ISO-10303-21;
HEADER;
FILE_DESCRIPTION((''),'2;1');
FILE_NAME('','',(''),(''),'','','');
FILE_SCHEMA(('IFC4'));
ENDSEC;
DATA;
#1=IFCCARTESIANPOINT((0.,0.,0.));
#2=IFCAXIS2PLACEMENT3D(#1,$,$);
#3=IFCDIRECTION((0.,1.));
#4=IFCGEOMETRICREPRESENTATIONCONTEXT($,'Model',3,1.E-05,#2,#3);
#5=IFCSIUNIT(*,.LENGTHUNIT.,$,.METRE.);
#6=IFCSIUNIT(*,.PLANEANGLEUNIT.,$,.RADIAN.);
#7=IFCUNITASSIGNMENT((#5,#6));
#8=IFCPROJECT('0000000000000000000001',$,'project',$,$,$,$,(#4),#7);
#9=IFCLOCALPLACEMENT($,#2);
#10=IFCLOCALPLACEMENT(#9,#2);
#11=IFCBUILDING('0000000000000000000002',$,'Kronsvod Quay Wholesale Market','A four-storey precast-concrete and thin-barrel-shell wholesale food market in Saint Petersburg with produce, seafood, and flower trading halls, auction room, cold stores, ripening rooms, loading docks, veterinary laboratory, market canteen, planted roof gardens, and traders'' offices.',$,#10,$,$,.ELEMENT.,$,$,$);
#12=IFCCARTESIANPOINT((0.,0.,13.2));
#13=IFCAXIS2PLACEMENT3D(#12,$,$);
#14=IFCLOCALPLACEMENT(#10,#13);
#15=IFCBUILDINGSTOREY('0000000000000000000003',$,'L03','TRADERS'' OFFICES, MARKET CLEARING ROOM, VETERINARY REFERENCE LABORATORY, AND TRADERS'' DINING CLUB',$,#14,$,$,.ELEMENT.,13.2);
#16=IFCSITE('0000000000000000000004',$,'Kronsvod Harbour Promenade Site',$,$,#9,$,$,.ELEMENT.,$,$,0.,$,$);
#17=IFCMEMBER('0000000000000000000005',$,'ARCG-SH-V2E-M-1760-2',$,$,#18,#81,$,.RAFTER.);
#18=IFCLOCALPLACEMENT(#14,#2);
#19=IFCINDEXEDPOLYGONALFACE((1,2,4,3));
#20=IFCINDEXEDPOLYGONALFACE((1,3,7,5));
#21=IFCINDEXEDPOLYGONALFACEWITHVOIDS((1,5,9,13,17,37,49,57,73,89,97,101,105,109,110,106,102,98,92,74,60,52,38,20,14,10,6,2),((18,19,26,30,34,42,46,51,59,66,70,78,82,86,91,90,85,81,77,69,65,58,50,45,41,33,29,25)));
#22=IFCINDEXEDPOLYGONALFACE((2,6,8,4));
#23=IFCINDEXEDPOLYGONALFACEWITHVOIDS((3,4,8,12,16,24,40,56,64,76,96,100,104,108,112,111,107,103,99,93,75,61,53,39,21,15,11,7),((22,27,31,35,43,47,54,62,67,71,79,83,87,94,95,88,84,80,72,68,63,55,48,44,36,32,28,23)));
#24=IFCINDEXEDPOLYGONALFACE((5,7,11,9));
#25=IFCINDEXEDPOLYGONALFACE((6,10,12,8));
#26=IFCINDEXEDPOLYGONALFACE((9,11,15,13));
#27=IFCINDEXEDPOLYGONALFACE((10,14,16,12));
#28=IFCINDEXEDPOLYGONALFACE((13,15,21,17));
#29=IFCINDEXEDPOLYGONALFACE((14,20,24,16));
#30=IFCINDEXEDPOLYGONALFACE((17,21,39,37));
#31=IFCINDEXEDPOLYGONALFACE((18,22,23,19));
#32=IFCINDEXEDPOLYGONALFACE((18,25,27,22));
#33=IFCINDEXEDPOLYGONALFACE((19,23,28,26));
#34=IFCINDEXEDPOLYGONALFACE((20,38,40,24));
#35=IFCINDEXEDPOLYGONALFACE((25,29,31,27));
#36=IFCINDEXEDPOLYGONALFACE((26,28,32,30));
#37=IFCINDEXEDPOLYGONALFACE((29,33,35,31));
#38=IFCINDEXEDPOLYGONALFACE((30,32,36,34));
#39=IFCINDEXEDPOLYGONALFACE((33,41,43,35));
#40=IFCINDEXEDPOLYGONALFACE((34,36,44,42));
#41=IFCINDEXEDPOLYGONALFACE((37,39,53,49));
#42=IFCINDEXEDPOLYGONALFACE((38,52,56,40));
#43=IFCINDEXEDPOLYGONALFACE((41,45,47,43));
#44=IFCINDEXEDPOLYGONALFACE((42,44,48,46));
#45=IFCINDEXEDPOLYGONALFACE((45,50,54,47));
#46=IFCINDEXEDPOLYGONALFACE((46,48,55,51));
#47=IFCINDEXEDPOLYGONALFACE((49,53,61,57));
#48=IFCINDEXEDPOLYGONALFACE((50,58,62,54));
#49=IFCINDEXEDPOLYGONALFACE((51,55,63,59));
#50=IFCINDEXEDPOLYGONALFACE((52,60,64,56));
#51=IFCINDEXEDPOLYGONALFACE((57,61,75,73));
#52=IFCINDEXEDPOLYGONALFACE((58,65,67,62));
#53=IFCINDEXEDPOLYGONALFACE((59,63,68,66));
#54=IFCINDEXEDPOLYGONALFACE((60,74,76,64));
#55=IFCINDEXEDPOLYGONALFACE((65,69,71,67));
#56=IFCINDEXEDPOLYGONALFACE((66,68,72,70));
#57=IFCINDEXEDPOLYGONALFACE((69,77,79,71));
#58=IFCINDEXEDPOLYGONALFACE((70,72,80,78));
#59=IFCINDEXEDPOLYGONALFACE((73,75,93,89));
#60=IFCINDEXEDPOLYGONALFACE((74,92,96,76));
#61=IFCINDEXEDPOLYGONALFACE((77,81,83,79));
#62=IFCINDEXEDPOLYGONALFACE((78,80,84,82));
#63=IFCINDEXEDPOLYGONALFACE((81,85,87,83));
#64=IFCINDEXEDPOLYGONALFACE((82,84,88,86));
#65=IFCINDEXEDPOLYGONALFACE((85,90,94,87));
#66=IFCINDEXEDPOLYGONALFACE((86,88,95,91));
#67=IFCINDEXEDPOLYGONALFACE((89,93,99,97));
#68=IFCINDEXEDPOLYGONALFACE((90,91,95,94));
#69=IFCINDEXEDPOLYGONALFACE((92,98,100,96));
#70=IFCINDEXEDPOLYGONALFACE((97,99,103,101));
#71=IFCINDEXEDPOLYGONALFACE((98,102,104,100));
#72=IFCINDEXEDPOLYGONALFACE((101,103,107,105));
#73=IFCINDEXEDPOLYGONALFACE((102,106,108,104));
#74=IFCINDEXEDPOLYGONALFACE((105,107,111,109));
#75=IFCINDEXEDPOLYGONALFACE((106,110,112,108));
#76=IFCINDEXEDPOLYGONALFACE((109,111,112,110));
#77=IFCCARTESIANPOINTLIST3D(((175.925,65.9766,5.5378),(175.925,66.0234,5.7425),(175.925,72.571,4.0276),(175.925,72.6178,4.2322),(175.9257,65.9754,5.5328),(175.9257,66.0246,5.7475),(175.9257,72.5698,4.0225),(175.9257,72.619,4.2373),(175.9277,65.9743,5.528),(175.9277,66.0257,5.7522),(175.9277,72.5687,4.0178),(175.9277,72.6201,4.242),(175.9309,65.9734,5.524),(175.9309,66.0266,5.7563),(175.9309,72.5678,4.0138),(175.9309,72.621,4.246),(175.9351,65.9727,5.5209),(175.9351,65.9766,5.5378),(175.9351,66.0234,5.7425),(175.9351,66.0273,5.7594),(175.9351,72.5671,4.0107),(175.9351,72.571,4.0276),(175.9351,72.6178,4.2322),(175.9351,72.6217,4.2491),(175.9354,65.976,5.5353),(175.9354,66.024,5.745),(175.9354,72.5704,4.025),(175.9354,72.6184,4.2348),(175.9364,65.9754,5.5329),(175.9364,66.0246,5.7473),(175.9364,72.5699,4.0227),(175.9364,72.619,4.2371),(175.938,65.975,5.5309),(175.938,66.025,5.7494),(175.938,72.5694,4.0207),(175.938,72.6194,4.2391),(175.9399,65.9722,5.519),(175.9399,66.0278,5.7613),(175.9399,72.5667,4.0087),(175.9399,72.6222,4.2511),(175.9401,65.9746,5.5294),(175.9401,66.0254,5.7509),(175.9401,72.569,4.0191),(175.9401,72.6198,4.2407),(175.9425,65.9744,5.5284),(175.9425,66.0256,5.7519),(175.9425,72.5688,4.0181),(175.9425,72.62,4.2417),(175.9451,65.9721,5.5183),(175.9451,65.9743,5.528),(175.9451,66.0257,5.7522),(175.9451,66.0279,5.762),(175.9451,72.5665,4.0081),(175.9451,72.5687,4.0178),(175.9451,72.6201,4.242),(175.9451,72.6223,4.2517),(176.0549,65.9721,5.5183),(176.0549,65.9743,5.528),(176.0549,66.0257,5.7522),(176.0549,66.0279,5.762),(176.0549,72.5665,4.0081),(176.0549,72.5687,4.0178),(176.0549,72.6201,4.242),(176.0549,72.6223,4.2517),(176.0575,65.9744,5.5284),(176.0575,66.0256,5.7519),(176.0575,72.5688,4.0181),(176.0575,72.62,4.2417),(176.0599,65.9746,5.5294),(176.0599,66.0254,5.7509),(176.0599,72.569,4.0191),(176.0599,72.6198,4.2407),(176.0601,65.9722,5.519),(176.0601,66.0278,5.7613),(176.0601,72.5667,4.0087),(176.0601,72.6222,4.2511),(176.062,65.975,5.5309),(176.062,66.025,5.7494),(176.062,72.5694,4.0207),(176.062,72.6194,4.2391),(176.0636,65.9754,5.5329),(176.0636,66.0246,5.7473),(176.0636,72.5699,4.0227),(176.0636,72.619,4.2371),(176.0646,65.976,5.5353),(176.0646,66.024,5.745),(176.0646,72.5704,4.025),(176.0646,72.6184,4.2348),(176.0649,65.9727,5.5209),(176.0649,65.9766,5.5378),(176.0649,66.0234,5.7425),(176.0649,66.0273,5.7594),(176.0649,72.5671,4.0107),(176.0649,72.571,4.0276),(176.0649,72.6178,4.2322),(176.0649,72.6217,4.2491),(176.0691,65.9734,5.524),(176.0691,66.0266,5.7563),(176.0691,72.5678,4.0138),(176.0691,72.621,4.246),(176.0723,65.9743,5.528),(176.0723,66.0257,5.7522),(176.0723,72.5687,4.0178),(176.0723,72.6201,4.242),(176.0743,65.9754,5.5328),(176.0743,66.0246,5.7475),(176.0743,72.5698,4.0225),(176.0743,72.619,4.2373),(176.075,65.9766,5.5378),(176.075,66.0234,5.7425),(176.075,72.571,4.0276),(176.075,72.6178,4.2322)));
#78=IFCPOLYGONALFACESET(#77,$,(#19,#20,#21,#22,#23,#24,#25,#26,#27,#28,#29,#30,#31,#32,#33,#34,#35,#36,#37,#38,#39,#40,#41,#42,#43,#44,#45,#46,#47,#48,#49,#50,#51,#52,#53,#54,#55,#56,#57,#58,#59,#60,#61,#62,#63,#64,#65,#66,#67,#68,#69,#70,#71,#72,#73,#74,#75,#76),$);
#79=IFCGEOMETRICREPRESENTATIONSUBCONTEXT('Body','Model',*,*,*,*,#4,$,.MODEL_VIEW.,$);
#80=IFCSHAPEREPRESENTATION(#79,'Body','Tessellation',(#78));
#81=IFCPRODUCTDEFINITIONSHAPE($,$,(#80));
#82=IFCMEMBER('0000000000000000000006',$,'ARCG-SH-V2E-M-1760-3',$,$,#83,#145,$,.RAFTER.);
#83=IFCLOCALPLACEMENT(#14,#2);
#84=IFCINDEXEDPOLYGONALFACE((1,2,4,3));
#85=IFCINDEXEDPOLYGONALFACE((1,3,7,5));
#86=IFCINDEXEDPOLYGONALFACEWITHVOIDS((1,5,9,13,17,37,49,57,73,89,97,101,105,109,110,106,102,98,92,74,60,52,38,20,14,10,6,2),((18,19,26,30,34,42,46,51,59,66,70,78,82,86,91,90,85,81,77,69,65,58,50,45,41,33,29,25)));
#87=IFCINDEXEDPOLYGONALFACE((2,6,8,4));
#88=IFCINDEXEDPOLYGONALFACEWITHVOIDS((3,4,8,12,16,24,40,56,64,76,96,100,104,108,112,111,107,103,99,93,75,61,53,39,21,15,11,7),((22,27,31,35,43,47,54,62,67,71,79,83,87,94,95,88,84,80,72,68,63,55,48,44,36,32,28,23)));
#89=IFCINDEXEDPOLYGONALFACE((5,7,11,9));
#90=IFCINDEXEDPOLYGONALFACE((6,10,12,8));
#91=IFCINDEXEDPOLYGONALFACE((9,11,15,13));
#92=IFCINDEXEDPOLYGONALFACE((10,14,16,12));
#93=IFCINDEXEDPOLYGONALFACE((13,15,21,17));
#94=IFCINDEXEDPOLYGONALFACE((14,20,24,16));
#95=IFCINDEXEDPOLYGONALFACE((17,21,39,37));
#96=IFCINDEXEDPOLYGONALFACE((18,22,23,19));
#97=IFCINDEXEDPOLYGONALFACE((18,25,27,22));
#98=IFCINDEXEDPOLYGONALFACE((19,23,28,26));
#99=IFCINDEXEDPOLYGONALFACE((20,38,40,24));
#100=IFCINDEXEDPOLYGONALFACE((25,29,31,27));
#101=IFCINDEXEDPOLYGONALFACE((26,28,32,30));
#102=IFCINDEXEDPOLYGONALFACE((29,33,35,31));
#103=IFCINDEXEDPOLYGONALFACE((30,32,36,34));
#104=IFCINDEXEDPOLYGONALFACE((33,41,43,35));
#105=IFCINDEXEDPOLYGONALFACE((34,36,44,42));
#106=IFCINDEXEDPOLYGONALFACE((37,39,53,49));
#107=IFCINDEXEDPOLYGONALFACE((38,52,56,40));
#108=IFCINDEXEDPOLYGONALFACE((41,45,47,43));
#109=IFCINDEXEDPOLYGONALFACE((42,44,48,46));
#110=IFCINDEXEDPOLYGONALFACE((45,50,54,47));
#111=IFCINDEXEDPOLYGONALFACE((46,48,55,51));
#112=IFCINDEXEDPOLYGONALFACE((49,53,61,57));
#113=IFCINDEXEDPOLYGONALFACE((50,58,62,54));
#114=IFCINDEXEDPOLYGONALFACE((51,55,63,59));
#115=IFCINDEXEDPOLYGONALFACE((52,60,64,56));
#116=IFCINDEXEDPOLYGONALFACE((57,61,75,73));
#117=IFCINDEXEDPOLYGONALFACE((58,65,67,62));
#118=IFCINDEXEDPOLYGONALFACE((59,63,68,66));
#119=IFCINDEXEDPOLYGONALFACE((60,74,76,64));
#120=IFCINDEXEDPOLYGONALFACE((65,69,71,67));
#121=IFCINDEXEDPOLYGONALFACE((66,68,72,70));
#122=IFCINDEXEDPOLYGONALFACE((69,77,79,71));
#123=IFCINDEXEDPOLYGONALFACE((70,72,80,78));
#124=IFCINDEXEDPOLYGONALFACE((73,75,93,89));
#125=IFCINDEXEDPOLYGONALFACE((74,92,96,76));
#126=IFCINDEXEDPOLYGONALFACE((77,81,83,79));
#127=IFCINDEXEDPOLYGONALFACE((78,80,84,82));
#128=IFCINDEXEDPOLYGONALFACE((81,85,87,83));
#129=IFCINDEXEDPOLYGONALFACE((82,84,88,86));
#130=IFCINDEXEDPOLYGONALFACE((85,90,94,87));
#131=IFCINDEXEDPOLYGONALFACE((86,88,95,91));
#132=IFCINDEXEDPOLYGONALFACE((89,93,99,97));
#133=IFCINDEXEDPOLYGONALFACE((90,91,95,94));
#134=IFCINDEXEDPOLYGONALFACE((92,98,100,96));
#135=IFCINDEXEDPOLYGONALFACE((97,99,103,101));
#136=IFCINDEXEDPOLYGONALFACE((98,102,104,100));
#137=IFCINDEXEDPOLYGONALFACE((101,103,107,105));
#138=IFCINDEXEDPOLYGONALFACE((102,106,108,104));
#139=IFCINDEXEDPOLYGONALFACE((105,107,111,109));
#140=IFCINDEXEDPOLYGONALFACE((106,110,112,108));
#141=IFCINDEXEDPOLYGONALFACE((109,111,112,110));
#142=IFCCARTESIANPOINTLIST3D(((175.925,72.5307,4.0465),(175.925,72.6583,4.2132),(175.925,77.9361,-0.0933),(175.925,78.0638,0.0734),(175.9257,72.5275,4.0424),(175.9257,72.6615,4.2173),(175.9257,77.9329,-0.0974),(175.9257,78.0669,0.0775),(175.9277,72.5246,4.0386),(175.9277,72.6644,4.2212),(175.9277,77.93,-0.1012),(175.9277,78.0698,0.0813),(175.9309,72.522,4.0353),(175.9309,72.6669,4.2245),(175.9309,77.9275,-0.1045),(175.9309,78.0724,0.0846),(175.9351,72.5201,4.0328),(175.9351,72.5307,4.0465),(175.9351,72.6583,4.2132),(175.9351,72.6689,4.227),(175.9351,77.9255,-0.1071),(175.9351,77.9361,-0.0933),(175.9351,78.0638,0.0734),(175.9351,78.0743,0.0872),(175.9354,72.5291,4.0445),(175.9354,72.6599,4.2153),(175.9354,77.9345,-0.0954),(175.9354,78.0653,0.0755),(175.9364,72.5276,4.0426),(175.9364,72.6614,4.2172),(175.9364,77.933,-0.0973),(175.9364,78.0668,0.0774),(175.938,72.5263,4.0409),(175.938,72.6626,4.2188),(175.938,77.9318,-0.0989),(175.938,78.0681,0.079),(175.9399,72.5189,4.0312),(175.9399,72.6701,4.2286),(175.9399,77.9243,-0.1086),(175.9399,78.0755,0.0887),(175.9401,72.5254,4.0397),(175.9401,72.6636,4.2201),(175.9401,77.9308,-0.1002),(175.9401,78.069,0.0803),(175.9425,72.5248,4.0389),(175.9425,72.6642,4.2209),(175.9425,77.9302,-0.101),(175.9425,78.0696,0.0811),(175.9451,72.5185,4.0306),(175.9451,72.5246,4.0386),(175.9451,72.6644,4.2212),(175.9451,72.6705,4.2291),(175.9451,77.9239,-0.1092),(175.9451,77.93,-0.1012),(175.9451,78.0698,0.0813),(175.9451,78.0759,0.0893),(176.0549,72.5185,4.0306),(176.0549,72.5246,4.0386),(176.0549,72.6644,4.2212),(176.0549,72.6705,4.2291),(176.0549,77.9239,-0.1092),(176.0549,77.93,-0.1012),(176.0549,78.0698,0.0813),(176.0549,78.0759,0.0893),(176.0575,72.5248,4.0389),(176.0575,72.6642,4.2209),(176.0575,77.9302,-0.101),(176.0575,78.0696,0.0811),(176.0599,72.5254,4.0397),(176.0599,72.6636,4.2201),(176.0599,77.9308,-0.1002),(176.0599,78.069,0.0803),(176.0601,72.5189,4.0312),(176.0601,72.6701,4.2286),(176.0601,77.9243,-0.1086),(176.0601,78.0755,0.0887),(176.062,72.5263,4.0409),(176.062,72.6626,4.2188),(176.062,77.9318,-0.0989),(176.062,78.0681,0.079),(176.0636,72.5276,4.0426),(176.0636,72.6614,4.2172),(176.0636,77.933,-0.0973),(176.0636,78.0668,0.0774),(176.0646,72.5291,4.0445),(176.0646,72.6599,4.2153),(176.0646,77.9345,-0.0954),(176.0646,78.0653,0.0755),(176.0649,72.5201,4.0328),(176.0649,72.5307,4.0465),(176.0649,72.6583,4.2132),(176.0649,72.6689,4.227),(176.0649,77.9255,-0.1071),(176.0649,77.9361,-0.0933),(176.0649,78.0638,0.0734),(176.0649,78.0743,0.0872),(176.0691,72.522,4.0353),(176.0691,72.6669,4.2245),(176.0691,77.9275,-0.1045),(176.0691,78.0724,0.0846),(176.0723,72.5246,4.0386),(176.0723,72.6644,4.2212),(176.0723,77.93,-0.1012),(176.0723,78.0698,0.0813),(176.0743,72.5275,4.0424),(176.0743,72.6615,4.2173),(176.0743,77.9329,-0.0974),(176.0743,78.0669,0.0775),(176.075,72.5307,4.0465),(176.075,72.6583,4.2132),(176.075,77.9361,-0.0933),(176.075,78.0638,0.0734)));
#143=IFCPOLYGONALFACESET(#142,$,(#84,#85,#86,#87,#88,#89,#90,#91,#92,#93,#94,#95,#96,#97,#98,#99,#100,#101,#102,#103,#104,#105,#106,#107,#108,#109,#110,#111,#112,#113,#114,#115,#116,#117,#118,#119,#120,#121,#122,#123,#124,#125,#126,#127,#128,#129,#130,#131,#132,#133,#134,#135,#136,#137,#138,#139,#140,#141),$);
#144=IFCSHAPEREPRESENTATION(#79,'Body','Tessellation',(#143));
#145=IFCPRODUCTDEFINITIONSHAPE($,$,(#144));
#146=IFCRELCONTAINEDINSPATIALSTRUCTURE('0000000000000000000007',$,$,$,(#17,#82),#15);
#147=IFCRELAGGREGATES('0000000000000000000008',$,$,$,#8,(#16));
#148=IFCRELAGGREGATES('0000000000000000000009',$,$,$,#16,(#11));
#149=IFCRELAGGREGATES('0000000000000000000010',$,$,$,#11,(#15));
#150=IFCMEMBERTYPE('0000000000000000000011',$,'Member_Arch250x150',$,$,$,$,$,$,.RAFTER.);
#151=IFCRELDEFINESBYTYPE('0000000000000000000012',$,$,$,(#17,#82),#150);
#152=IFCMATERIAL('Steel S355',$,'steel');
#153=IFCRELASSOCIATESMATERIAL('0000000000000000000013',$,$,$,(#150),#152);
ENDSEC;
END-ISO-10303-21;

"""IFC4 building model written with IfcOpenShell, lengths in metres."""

from ifc_helpers import new_model, si_unit, direction, frame, origin, origin_2d, place, context, subcontext, project, spatial, hollow_rectangle, extrude, material, material_profile, profile_set, type_object, element, save


model = new_model("IFC4")

# Units and contexts
model_context = context("Model", 3, precision=1e-05, world=origin(), true_north=direction((0.0, 1.0)))
body_context = subcontext(model_context, "Body", "Model", "MODEL_VIEW")
ifc_project = project(units=[si_unit("LENGTHUNIT", "METRE"), si_unit("PLANEANGLEUNIT", "RADIAN")], contexts=[model_context])

# Site, building, storey
site_placement = place(None, origin())
site = spatial("IfcSite", under=ifc_project, at=site_placement, Name="Kronsvod Harbour Promenade Site", CompositionType="ELEMENT", RefElevation=0.0)
building_placement = place(site_placement, origin())
building = spatial("IfcBuilding", under=site, at=building_placement, Name="Kronsvod Quay Wholesale Market", Description="A four-storey precast-concrete and thin-barrel-shell wholesale food market in Saint Petersburg with produce, seafood, and flower trading halls, auction room, cold stores, ripening rooms, loading docks, veterinary laboratory, market canteen, planted roof gardens, and traders' offices.", CompositionType="ELEMENT")
storey_placement = place(building_placement, frame((0.0, 0.0, 13.2)))
storey = spatial("IfcBuildingStorey", under=building, at=storey_placement, Name="L03", Description="TRADERS' OFFICES, MARKET CLEARING ROOM, VETERINARY REFERENCE LABORATORY, AND TRADERS' DINING CLUB", CompositionType="ELEMENT", Elevation=13.2)

# Members
ifc_material_1 = material(Name="Steel S355", Category="steel")
ifc_material_profile_1 = material_profile(ifc_material_1, hollow_rectangle(XDim=0.1499, YDim=0.25, WallThickness=0.01, InnerFilletRadius=0.01, OuterFilletRadius=0.02, at=origin_2d()), Name="RHS250x150x10")
ifc_profile_set_1 = profile_set([ifc_material_profile_1], Name="Steel S355")
member_type_1 = type_object("IfcMemberType", Name="Member_Arch250x150", PredefinedType="RAFTER", material=ifc_profile_set_1)
for number, where, z_axis, x_axis, name in (
    (1, (176.0, 66.0, 5.6401), (0.0, 0.974764, -0.223238), (-1.0, 0.0, 0.0), "ARCG-SH-V2E-M-1760-2"),
):
    element("IfcMember", number, at=place(storey_placement, frame(where, z_axis=z_axis, x_axis=x_axis)), inside=storey, type_object=member_type_1, Name=name, PredefinedType="RAFTER", context=body_context, shape_type="SweptSolid", body=[
        extrude(hollow_rectangle(XDim=0.1499, YDim=0.25, WallThickness=0.01, InnerFilletRadius=0.01, OuterFilletRadius=0.02, at=origin_2d()), origin(), (0.0, 0.0, 1.0), 6.7651),
    ])
for number, where, z_axis, x_axis, name in (
    (2, (176.0, 72.5945, 4.1299), (0.0, 0.793914, -0.60803), (-1.0, 0.0, 0.0), "ARCG-SH-V2E-M-1760-3"),
):
    element("IfcMember", number, at=place(storey_placement, frame(where, z_axis=z_axis, x_axis=x_axis)), inside=storey, type_object=member_type_1, Name=name, PredefinedType="RAFTER", context=body_context, shape_type="SweptSolid", body=[
        extrude(hollow_rectangle(XDim=0.1499, YDim=0.25, WallThickness=0.01, InnerFilletRadius=0.01, OuterFilletRadius=0.02, at=origin_2d()), origin(), (0.0, 0.0, 1.0), 6.8086),
    ])

save(model, "model.ifc")
